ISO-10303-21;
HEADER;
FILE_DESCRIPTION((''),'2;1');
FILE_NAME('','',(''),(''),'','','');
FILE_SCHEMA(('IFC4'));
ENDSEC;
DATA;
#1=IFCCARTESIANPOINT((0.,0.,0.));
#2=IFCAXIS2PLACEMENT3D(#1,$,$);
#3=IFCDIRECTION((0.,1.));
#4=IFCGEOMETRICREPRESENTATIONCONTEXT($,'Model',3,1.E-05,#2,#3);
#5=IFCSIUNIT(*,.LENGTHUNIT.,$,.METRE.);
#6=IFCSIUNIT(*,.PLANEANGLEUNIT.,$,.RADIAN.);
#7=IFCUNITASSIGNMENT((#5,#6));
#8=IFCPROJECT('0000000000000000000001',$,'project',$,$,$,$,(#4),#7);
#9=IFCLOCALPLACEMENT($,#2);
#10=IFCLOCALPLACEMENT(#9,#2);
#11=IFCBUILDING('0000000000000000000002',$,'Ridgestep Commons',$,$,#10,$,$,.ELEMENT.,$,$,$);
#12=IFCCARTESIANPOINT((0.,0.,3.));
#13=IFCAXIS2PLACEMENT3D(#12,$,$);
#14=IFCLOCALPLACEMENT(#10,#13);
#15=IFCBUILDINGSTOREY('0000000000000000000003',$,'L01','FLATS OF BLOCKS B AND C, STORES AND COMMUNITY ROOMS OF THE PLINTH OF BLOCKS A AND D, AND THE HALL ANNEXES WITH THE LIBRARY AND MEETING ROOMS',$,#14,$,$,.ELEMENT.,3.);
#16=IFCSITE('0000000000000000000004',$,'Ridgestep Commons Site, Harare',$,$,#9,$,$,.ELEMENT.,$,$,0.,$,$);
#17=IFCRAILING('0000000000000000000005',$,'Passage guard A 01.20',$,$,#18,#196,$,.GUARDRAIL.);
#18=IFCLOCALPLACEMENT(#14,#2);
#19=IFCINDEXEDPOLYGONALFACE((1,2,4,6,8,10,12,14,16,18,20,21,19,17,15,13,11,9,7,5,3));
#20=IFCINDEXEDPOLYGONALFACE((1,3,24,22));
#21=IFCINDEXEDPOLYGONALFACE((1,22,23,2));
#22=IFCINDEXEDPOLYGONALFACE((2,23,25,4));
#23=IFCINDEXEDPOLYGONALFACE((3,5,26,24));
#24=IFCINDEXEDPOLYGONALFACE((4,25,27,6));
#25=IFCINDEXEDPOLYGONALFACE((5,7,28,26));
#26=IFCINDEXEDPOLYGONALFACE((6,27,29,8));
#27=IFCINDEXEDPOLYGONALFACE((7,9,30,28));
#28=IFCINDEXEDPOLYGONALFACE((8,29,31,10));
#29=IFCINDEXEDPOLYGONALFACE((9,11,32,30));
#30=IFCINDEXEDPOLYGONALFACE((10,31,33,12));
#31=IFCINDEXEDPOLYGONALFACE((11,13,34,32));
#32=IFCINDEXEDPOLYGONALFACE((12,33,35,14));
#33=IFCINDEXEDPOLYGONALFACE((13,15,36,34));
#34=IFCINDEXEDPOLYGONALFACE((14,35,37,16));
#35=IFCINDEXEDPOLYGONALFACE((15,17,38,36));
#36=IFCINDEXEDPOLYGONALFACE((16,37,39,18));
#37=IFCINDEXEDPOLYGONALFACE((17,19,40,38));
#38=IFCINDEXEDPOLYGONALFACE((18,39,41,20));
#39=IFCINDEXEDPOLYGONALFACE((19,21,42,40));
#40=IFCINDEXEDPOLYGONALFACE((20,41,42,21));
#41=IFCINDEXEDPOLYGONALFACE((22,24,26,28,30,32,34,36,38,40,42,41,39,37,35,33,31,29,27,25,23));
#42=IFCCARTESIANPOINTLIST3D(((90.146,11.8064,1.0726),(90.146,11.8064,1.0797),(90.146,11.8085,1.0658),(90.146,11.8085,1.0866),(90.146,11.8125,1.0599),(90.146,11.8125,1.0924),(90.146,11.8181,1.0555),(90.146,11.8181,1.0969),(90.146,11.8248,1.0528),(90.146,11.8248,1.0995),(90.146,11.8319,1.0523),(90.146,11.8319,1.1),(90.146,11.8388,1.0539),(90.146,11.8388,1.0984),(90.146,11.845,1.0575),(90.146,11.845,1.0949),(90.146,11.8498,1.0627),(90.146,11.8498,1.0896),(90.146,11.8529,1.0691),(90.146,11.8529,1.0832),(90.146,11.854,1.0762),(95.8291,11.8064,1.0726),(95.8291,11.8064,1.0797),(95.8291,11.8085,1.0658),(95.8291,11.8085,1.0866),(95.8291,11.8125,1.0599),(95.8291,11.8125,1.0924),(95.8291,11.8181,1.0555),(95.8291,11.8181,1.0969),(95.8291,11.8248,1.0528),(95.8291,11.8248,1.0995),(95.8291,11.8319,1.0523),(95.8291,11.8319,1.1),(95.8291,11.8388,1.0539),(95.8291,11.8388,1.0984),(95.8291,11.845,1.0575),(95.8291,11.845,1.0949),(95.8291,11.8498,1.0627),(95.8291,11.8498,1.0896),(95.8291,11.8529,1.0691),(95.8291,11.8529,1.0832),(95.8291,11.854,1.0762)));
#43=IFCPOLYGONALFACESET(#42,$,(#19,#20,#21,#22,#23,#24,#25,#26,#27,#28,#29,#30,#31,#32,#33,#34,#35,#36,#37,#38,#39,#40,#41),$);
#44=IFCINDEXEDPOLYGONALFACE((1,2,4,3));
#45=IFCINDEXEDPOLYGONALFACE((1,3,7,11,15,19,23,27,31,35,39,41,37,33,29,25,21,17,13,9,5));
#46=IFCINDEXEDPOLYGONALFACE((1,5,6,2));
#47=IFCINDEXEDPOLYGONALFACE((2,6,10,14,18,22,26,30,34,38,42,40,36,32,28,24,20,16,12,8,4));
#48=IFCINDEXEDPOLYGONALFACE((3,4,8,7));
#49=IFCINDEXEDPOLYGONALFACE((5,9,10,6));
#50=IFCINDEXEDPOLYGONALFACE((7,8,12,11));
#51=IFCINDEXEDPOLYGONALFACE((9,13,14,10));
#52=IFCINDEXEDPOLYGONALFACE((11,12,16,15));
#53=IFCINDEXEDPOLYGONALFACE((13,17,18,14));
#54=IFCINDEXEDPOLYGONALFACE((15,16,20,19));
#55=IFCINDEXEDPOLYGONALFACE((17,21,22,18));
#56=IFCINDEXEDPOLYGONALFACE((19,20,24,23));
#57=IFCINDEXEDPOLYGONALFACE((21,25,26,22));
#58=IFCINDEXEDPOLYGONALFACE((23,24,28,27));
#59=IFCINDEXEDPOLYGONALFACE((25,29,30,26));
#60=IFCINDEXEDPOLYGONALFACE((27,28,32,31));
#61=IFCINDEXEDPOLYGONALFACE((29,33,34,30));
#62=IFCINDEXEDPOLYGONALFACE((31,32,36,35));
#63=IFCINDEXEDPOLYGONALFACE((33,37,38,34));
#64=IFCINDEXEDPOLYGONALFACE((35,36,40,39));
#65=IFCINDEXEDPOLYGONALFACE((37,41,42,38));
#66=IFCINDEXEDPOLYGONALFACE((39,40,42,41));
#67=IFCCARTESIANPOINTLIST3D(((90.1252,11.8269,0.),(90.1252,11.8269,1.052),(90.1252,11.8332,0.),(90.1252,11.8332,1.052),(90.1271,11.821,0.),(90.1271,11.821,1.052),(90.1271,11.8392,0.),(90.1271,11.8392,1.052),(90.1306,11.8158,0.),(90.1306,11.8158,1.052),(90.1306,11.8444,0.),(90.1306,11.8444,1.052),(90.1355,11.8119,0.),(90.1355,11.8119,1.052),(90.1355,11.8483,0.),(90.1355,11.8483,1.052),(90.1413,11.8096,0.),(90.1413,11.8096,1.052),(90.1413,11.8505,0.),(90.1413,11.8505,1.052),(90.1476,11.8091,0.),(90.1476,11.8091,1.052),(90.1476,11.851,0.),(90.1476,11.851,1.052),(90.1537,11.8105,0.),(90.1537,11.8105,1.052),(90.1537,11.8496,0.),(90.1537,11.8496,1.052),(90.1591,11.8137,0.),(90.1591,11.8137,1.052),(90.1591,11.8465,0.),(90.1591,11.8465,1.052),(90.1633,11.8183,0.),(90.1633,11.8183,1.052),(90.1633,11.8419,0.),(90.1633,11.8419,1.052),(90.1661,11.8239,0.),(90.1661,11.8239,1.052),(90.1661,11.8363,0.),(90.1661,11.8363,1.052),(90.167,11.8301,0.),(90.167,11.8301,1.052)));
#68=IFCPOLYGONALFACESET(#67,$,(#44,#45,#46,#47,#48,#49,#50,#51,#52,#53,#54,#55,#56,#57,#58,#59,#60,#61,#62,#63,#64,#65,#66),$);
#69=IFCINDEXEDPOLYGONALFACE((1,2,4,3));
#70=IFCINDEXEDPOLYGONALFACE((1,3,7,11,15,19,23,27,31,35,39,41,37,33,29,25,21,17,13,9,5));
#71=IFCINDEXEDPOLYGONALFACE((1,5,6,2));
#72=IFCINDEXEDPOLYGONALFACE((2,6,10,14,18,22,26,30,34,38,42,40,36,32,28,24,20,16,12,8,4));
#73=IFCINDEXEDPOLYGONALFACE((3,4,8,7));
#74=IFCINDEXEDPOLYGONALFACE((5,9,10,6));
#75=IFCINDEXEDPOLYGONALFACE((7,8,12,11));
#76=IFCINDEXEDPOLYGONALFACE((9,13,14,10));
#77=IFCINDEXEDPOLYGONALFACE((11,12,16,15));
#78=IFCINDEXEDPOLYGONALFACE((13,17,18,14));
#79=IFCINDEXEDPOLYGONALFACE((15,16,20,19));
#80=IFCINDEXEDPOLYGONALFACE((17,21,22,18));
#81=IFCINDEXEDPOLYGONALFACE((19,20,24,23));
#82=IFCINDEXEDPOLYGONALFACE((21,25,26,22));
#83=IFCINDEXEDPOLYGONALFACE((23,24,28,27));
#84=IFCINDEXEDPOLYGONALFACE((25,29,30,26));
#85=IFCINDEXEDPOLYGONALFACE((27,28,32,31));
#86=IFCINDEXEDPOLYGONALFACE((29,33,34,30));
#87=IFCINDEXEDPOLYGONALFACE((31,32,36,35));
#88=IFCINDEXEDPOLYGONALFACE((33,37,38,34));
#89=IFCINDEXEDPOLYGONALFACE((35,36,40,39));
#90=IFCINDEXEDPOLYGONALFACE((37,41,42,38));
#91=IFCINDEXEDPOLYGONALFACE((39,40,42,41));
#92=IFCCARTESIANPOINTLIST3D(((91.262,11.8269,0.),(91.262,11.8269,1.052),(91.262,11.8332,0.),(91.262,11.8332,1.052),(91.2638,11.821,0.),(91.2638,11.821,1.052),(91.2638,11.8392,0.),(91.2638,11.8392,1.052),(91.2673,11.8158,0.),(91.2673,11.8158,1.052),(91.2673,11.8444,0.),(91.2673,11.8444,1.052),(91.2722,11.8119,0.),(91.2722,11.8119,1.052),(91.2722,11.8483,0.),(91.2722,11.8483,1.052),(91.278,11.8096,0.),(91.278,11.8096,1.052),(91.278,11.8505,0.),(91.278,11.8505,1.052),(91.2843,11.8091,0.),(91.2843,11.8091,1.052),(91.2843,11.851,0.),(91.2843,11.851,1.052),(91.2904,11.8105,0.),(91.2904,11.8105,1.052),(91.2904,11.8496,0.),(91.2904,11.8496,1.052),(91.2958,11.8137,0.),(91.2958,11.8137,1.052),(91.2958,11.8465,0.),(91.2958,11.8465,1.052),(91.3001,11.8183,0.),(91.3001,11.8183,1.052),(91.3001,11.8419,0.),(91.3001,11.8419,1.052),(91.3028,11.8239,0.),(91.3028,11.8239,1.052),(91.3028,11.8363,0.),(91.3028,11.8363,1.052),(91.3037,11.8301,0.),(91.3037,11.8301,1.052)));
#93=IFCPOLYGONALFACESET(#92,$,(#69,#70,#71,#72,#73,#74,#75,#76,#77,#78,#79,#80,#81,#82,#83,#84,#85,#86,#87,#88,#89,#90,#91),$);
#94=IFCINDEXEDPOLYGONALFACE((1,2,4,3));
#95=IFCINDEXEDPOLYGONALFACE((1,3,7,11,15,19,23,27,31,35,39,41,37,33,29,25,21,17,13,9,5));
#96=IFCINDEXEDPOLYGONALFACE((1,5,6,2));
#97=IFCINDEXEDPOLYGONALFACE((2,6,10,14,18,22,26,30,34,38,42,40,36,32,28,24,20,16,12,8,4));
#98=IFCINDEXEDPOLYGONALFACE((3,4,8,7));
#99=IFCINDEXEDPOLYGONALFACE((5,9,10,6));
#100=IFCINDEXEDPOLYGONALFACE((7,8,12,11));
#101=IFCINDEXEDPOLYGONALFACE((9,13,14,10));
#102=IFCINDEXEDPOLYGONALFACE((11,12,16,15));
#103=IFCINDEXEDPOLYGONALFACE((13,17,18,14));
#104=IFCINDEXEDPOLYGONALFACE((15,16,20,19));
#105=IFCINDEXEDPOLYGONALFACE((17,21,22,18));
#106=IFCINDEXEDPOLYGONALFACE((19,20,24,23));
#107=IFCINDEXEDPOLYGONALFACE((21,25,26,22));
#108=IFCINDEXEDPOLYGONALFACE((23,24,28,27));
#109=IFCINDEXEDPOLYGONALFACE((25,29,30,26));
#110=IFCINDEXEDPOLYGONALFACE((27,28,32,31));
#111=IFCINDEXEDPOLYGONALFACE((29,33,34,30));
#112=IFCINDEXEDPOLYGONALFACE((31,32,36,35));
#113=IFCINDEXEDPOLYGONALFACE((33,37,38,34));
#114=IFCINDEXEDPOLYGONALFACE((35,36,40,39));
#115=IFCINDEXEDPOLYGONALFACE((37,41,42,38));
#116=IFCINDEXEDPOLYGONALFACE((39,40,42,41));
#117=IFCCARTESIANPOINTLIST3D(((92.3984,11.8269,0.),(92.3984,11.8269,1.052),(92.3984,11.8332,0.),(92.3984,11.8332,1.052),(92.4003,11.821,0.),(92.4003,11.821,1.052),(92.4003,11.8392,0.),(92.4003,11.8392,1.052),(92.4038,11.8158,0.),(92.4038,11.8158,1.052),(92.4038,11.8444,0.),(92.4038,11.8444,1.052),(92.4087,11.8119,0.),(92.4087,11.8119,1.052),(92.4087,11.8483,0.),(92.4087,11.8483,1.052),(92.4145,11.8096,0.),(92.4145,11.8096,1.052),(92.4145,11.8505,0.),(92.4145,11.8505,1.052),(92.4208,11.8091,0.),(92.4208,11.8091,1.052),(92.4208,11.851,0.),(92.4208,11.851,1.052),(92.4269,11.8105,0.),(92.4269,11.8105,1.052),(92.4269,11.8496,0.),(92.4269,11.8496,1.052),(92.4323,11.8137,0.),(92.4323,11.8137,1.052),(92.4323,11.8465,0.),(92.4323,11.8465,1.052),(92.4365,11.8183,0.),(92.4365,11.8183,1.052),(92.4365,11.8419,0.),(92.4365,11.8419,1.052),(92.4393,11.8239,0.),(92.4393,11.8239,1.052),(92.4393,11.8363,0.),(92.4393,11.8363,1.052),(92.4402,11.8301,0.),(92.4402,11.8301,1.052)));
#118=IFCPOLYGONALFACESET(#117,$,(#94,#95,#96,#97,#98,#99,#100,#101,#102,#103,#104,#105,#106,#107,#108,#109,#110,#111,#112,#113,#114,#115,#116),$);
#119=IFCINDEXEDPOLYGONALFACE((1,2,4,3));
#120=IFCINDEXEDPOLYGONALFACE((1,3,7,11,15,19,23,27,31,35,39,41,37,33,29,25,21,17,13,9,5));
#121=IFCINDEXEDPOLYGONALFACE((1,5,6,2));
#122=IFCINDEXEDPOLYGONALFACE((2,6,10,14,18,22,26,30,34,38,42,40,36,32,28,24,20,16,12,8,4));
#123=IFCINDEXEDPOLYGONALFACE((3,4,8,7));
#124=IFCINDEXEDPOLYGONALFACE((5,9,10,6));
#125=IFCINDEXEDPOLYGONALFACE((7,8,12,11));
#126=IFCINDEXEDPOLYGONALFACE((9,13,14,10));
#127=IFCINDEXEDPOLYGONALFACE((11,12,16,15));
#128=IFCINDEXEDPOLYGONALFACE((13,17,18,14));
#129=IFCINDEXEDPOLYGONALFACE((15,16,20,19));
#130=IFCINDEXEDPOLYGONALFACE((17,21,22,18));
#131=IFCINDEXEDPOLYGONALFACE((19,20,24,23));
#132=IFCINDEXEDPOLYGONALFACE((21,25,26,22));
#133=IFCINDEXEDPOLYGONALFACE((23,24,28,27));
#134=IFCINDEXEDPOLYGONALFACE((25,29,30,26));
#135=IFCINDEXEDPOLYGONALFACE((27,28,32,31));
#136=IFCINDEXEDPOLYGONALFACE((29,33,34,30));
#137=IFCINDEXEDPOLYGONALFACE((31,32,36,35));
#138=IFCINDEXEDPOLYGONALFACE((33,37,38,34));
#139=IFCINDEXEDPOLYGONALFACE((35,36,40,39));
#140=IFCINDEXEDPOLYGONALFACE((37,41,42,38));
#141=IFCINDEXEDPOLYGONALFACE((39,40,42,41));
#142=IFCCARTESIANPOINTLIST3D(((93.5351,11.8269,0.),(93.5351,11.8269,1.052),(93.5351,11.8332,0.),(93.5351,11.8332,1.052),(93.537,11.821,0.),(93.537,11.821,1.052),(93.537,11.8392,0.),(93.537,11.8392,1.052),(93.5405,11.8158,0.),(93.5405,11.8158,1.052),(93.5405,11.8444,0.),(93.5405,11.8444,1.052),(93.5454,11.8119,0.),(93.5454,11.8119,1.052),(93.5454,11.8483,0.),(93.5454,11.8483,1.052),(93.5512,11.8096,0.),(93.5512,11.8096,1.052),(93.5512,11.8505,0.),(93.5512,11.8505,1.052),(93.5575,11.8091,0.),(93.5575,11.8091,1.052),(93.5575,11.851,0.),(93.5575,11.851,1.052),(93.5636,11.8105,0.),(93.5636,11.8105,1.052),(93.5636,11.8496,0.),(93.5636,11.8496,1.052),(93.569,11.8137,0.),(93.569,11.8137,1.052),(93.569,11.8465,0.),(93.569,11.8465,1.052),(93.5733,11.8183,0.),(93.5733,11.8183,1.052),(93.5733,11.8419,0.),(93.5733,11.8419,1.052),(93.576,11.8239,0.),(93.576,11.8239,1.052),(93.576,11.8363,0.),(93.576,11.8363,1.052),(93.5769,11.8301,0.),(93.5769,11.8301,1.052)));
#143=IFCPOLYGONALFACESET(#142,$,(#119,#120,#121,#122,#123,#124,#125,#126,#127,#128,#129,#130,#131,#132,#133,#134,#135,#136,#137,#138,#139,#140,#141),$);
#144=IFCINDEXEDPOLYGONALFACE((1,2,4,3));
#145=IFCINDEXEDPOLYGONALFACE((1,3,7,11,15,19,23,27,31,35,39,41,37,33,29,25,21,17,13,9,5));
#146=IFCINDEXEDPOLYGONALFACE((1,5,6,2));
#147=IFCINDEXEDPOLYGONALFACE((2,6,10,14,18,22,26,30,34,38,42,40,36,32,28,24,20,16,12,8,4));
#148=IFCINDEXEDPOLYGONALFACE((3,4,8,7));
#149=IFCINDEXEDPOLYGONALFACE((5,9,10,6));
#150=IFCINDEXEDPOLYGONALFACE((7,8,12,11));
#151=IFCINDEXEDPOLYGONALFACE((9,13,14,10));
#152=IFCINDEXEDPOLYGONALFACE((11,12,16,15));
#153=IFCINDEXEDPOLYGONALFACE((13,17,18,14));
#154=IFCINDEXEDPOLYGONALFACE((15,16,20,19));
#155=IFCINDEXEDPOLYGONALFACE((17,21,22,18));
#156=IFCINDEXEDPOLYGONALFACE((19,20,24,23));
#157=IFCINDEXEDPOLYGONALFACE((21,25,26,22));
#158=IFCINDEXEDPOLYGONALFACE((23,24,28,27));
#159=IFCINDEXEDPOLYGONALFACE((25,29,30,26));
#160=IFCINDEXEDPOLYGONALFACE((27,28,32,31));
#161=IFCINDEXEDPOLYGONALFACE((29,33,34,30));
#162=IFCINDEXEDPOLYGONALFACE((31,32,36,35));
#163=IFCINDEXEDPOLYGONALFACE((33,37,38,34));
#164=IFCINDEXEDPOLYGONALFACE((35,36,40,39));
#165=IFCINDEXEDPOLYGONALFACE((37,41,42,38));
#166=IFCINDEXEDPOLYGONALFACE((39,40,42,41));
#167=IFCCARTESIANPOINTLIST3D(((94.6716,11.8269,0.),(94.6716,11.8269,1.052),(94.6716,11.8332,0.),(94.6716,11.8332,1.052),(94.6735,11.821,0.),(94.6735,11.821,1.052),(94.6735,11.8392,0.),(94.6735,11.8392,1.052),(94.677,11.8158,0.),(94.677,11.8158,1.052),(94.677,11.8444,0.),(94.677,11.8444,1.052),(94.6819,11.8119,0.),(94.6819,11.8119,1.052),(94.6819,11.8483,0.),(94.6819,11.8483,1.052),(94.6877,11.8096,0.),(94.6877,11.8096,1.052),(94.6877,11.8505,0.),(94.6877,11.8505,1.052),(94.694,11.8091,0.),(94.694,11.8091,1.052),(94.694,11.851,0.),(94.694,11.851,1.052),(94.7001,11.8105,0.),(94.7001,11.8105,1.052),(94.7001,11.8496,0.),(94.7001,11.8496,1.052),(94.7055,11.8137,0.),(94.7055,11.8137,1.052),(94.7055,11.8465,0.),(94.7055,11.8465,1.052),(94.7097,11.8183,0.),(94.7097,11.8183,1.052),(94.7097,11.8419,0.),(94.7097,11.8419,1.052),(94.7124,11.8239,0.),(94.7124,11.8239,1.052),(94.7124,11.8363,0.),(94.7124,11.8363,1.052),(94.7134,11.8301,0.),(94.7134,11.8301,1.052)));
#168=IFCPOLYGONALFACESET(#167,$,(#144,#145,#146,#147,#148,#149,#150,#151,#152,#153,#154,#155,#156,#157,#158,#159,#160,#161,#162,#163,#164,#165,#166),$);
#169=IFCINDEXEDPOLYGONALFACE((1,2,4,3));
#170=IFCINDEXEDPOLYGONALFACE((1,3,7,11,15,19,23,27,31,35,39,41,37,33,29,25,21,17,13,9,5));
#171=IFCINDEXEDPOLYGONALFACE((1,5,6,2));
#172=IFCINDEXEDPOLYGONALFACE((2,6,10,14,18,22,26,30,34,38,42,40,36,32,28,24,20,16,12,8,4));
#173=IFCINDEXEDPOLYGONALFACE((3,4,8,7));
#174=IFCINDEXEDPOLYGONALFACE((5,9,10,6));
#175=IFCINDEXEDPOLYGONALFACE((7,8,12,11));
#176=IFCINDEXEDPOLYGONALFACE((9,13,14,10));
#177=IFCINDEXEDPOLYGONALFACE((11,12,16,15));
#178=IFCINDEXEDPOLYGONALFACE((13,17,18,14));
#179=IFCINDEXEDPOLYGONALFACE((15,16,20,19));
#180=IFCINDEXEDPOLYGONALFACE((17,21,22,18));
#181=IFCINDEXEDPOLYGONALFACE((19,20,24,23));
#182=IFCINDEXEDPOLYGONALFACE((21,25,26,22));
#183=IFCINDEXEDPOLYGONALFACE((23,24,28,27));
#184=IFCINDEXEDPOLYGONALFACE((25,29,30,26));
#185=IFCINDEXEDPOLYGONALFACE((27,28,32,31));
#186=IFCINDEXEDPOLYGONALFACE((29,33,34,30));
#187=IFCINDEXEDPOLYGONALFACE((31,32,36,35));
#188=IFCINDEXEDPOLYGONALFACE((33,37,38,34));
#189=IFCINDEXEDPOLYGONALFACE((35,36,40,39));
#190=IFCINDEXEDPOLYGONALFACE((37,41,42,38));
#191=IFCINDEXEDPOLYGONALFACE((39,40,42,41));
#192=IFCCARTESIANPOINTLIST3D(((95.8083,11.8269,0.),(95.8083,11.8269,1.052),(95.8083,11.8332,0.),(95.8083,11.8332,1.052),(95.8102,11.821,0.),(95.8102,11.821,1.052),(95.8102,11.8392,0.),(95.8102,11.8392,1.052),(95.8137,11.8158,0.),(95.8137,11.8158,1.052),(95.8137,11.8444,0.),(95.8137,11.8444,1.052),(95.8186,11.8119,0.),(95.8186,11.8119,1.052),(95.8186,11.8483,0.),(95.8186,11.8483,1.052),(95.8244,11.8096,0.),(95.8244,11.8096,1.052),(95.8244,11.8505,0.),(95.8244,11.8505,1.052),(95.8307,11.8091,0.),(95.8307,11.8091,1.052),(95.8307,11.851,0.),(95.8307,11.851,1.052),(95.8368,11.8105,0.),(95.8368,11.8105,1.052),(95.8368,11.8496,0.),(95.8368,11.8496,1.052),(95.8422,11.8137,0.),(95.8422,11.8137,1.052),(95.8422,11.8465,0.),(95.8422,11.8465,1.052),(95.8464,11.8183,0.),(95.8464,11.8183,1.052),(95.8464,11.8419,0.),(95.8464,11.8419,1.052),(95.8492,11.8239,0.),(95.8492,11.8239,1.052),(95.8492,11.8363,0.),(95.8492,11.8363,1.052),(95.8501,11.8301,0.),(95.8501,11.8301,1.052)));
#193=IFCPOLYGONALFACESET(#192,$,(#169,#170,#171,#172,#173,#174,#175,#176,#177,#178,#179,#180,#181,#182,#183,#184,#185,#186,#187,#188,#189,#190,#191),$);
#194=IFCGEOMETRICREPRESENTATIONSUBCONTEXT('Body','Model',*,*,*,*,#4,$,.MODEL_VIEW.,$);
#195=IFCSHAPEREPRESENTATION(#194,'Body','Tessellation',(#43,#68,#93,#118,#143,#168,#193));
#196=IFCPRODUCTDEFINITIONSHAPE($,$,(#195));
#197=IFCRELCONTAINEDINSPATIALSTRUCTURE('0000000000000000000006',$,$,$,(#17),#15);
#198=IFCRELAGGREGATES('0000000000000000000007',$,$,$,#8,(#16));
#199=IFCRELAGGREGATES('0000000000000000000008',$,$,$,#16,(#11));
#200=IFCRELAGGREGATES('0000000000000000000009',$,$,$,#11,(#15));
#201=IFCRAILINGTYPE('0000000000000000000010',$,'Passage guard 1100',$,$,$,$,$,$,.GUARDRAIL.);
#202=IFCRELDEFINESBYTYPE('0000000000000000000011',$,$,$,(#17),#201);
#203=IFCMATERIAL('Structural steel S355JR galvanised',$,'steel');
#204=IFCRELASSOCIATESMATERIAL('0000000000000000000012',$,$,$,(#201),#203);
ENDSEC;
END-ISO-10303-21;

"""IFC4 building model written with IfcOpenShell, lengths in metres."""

from ifc_helpers import new_model, si_unit, direction, frame, origin, origin_2d, place, context, subcontext, project, spatial, circle, extrude, material, type_object, element, save


model = new_model("IFC4")

# Units and contexts
model_context = context("Model", 3, precision=1e-05, world=origin(), true_north=direction((0.0, 1.0)))
body_context = subcontext(model_context, "Body", "Model", "MODEL_VIEW")
ifc_project = project(units=[si_unit("LENGTHUNIT", "METRE"), si_unit("PLANEANGLEUNIT", "RADIAN")], contexts=[model_context])

# Site, building, storey
site_placement = place(None, origin())
site = spatial("IfcSite", under=ifc_project, at=site_placement, Name="Ridgestep Commons Site, Harare", CompositionType="ELEMENT", RefElevation=0.0)
building_placement = place(site_placement, origin())
building = spatial("IfcBuilding", under=site, at=building_placement, Name="Ridgestep Commons", CompositionType="ELEMENT")
storey_placement = place(building_placement, frame((0.0, 0.0, 3.0)))
storey = spatial("IfcBuildingStorey", under=building, at=storey_placement, Name="L01", Description="FLATS OF BLOCKS B AND C, STORES AND COMMUNITY ROOMS OF THE PLINTH OF BLOCKS A AND D, AND THE HALL ANNEXES WITH THE LIBRARY AND MEETING ROOMS", CompositionType="ELEMENT", Elevation=3.0)

# Railing
ifc_material_1 = material(Name="Structural steel S355JR galvanised", Category="steel")
railing_type = type_object("IfcRailingType", Name="Passage guard 1100", PredefinedType="GUARDRAIL", material=ifc_material_1)
for number, where, name in (
    (1, (90.146, 11.8301, 0.0), "Passage guard A 01.20"),
):
    element("IfcRailing", number, at=place(storey_placement, frame(where)), inside=storey, type_object=railing_type, Name=name, PredefinedType="GUARDRAIL", context=body_context, shape_type="SweptSolid", body=[
        extrude(circle(Radius=0.0239, at=origin_2d()), frame((0.0, 0.0, 1.0762), z_axis=(1.0, 0.0, 0.0), x_axis=(0.0, 1.0, 0.0)), (0.0, 0.0, 1.0), 5.6831),
        extrude(circle(Radius=0.021, at=origin_2d()), origin(), (0.0, 0.0, 1.0), 1.052),
        extrude(circle(Radius=0.021, at=origin_2d()), frame((1.1367, 0.0, 0.0)), (0.0, 0.0, 1.0), 1.052),
        extrude(circle(Radius=0.021, at=origin_2d()), frame((2.2732, 0.0, 0.0)), (0.0, 0.0, 1.0), 1.052),
        extrude(circle(Radius=0.021, at=origin_2d()), frame((3.4099, 0.0, 0.0)), (0.0, 0.0, 1.0), 1.052),
        extrude(circle(Radius=0.021, at=origin_2d()), frame((4.5464, 0.0, 0.0)), (0.0, 0.0, 1.0), 1.052),
        extrude(circle(Radius=0.021, at=origin_2d()), frame((5.6831, 0.0, 0.0)), (0.0, 0.0, 1.0), 1.052),
    ])

save(model, "model.ifc")
